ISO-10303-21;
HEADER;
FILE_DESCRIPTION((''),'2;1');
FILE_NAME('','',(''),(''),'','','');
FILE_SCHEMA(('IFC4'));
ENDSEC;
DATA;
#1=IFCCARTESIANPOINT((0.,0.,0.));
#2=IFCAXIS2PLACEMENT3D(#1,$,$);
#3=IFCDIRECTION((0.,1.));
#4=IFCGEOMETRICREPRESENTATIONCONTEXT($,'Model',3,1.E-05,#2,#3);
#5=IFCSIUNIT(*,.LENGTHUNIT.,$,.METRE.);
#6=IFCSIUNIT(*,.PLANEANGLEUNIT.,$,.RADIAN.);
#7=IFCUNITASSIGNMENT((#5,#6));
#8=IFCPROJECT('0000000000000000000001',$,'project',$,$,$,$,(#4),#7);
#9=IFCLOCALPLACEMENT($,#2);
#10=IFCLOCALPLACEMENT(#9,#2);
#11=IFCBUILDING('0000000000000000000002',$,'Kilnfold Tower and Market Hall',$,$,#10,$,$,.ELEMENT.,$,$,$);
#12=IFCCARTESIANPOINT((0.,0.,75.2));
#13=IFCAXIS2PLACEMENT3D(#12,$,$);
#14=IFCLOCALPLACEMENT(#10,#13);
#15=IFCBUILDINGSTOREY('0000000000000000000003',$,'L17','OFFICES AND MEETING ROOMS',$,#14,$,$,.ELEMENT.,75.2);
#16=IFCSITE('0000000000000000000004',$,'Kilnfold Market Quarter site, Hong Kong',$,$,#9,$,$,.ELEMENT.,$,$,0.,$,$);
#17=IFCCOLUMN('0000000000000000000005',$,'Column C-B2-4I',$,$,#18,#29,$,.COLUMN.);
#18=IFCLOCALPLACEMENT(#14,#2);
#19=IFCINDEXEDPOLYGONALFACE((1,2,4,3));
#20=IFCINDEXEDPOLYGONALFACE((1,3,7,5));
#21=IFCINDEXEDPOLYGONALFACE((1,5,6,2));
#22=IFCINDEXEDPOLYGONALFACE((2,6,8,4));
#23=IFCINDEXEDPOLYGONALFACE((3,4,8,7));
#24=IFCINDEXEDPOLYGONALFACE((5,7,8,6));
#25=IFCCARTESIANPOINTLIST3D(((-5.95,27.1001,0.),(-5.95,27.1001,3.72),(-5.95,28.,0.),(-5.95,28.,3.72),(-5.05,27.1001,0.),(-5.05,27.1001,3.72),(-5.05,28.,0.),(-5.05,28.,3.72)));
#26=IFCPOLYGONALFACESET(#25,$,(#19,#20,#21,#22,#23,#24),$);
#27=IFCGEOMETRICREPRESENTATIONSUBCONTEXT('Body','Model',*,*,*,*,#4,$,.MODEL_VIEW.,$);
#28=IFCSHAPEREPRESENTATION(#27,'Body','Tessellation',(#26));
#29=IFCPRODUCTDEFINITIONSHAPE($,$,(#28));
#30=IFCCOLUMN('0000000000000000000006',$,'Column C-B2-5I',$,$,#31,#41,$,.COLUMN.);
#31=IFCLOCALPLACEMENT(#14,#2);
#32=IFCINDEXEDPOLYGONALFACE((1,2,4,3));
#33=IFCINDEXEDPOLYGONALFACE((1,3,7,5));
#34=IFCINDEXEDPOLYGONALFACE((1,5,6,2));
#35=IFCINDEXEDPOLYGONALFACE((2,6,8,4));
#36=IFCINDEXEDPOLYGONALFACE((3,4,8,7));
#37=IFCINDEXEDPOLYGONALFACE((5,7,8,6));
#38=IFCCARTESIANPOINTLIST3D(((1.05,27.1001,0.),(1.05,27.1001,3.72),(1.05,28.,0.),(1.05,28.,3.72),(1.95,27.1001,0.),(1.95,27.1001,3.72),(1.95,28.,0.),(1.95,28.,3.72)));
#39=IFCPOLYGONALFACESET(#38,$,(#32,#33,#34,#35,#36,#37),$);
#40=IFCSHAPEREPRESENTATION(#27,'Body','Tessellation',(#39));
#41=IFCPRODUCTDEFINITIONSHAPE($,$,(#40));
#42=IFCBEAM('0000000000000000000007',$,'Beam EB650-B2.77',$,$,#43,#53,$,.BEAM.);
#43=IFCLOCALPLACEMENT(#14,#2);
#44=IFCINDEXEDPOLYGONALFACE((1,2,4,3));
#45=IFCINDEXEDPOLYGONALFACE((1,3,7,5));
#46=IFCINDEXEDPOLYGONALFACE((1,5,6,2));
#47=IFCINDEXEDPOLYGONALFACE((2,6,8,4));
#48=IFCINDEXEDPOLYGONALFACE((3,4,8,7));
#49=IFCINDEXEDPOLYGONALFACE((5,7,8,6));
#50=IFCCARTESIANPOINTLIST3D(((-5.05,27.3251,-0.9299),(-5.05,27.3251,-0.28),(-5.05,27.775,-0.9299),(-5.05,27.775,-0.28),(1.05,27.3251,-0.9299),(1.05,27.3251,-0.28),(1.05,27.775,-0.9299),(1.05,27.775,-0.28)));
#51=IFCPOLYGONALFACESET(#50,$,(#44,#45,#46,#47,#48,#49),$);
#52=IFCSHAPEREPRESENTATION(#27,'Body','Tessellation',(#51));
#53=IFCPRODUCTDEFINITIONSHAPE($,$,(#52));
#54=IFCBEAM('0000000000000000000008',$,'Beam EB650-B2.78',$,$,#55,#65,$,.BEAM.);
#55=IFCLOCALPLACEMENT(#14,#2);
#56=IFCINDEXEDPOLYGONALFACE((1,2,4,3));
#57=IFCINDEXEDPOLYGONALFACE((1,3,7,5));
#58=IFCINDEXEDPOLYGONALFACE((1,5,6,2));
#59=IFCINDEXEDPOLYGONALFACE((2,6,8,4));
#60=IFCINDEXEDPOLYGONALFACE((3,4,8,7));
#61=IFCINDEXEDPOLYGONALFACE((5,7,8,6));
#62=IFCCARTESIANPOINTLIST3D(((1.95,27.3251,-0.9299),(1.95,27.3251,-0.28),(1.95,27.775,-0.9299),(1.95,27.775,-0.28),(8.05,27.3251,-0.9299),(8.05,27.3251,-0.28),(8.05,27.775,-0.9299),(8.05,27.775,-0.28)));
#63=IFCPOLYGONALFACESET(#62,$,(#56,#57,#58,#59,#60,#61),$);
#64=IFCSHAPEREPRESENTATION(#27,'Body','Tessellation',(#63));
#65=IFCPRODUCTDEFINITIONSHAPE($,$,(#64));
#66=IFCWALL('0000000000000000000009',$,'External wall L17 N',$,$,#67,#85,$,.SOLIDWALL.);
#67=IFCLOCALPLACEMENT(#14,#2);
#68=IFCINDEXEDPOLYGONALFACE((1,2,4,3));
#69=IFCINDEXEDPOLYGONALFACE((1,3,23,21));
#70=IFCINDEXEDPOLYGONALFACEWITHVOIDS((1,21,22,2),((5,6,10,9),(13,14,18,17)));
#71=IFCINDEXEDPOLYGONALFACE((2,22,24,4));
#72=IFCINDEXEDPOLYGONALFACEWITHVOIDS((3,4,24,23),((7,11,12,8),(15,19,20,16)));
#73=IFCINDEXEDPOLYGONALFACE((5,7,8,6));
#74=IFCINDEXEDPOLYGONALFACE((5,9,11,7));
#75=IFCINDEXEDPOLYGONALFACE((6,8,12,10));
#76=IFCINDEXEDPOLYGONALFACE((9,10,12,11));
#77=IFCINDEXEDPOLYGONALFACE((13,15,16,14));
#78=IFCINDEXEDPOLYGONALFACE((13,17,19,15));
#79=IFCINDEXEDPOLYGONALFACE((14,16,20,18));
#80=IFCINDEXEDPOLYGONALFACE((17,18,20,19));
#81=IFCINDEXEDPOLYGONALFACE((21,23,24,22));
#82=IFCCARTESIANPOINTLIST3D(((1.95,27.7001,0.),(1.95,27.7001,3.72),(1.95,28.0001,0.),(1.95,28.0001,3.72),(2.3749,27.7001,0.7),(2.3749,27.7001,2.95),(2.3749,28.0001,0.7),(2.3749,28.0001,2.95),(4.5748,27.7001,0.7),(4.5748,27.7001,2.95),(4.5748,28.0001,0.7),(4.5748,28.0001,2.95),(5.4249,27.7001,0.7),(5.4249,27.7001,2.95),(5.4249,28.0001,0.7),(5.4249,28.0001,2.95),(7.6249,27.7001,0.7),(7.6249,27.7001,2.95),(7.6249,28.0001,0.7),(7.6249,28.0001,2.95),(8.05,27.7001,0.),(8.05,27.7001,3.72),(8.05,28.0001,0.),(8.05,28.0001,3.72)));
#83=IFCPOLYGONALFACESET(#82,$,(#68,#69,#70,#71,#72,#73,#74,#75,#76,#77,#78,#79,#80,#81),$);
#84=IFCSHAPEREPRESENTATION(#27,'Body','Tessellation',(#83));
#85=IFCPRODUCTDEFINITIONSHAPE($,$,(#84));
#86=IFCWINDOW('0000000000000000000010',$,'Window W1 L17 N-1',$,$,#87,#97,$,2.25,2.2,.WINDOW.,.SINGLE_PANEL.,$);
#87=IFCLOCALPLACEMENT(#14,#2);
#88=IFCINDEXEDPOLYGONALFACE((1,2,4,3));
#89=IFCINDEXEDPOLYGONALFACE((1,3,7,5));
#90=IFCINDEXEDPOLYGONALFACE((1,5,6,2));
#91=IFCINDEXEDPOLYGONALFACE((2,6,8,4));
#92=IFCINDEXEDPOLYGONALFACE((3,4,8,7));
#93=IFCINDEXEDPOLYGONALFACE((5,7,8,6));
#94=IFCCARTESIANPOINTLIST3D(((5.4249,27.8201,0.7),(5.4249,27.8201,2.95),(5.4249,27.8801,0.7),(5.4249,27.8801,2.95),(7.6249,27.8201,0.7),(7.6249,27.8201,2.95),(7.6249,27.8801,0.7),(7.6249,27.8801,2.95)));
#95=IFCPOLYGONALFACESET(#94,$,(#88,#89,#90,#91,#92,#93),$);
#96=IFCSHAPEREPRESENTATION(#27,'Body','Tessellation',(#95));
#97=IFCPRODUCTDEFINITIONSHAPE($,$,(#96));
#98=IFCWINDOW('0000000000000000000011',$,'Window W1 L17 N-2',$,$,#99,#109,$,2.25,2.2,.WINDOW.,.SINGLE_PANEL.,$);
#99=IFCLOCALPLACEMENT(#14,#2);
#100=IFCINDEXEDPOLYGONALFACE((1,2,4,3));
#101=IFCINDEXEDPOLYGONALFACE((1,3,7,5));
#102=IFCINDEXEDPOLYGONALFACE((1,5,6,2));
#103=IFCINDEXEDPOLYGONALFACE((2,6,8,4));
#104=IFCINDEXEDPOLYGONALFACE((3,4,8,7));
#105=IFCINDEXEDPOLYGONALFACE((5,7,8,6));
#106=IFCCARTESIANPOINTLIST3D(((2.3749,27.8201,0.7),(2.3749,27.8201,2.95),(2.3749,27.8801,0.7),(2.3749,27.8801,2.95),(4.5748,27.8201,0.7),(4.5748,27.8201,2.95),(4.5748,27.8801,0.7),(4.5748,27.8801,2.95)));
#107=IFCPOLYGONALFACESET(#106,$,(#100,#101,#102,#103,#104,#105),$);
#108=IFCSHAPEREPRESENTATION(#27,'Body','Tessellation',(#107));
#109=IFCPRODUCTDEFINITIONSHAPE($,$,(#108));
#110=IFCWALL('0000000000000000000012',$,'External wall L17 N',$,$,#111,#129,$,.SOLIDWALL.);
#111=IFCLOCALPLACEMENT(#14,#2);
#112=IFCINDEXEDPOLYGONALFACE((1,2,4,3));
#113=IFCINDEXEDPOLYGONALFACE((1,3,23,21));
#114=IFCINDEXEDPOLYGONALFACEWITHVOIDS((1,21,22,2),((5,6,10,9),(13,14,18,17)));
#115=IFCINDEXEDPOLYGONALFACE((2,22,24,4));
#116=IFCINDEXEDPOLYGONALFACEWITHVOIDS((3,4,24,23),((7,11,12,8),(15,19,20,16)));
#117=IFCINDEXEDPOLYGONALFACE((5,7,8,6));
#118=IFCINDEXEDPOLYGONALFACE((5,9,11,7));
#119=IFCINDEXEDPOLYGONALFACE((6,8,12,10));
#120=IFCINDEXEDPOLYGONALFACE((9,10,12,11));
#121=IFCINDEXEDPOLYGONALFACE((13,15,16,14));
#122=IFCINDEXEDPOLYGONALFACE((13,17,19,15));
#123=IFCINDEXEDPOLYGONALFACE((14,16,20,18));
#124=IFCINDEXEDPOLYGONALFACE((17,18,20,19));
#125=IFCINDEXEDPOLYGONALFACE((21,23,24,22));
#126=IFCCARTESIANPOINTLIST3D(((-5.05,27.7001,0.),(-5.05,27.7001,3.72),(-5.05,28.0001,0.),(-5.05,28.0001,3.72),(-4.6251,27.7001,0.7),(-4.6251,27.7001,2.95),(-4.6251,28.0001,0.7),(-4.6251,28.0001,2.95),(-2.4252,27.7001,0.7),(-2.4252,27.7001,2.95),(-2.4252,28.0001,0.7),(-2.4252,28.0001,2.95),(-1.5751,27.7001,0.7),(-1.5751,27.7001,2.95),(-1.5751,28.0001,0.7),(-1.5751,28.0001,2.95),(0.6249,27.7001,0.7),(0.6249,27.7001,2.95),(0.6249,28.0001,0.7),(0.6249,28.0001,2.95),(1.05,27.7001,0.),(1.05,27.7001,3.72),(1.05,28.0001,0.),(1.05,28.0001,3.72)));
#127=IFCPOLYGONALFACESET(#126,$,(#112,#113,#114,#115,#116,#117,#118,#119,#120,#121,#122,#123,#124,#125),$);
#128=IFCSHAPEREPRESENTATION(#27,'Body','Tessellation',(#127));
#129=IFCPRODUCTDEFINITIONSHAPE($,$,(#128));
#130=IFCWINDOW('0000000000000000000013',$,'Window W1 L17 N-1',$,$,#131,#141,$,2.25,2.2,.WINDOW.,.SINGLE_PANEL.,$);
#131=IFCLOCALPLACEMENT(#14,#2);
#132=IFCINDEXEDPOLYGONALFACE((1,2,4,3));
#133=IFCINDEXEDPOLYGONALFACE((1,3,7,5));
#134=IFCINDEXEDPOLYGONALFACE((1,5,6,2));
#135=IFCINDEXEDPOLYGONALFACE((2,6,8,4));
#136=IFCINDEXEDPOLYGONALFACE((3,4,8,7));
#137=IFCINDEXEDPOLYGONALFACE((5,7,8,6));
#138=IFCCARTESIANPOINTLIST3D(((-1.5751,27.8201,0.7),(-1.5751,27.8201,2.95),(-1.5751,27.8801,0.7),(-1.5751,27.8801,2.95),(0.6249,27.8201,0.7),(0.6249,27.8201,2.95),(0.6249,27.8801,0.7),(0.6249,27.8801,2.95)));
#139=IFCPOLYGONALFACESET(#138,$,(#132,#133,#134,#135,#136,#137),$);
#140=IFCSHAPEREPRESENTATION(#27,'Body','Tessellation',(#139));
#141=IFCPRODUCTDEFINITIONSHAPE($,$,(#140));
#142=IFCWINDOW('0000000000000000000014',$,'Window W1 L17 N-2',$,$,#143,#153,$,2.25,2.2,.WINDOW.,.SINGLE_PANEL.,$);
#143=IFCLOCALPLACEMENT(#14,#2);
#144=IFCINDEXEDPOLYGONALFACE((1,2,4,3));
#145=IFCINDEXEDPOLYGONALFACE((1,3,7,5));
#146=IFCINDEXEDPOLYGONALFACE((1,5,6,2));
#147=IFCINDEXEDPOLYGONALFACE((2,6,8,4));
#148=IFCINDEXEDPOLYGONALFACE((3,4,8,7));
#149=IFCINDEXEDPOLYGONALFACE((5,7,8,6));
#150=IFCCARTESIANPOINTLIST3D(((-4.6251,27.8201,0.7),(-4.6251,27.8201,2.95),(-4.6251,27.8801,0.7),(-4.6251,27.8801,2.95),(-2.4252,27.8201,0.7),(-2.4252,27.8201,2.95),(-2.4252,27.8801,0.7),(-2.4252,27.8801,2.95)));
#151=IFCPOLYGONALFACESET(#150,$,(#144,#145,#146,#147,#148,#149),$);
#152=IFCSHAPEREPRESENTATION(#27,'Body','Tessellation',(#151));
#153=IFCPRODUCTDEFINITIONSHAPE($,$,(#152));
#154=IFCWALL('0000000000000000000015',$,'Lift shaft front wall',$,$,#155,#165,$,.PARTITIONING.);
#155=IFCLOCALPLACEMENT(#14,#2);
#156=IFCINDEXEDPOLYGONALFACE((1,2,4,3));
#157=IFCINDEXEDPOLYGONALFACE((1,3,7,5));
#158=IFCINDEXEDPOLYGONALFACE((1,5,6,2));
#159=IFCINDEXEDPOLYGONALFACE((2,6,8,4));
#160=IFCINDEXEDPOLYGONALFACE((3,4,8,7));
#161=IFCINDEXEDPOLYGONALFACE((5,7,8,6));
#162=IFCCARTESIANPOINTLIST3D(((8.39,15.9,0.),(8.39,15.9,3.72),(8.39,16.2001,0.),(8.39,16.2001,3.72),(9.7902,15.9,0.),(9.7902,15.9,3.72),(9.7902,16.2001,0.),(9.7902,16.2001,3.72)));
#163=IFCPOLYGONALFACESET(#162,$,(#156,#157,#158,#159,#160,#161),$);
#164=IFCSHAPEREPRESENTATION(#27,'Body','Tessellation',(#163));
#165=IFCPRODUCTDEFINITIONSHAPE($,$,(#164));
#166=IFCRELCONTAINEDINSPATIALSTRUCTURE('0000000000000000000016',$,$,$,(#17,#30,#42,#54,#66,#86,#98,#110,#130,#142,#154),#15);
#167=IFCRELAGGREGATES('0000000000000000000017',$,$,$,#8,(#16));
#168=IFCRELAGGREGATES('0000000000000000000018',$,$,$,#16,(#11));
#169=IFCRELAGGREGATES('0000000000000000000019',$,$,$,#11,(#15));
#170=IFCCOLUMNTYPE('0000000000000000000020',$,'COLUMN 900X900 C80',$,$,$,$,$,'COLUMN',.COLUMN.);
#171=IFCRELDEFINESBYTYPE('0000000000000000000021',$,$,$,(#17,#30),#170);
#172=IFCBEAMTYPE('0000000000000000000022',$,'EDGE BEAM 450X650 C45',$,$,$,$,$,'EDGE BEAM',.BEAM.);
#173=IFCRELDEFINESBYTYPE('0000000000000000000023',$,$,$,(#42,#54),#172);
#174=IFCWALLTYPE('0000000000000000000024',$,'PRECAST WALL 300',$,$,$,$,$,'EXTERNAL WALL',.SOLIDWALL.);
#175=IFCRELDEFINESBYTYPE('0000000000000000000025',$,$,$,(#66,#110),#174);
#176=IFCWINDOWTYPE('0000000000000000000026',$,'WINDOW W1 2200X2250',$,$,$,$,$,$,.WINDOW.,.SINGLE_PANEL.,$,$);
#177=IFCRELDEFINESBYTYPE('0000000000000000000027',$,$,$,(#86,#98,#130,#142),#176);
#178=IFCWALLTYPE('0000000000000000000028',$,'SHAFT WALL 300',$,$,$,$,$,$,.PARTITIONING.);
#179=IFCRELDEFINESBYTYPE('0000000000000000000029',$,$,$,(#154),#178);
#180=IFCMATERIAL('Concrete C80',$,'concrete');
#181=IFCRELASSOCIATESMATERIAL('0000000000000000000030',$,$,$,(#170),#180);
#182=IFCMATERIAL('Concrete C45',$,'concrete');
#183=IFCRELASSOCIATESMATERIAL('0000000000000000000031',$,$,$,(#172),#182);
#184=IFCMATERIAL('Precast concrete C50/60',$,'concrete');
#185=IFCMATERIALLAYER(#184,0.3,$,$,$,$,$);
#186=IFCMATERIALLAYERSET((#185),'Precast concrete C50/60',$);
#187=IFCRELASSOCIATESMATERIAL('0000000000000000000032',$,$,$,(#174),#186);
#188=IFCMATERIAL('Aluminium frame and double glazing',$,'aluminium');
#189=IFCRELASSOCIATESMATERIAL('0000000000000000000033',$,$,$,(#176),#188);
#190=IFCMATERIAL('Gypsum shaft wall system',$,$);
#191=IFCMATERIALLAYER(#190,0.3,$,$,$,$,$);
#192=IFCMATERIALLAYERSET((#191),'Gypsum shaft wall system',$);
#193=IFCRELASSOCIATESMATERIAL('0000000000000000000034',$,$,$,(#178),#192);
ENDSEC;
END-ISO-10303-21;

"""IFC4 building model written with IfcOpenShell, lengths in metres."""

from ifc_helpers import new_model, si_unit, direction, frame, frame_2d, origin, origin_2d, place, context, subcontext, project, spatial, rectangle, extrude, source, transform, mapped, material, layer, layer_set, material_profile, profile_set, type_object, element, fill, save


model = new_model("IFC4")

# Units and contexts
model_context = context("Model", 3, precision=1e-05, world=origin(), true_north=direction((0.0, 1.0)))
body_context = subcontext(model_context, "Body", "Model", "MODEL_VIEW")
ifc_project = project(units=[si_unit("LENGTHUNIT", "METRE"), si_unit("PLANEANGLEUNIT", "RADIAN")], contexts=[model_context])

# Site, building, storey
site_placement = place(None, origin())
site = spatial("IfcSite", under=ifc_project, at=site_placement, Name="Kilnfold Market Quarter site, Hong Kong", CompositionType="ELEMENT", RefElevation=0.0)
building_placement = place(site_placement, origin())
building = spatial("IfcBuilding", under=site, at=building_placement, Name="Kilnfold Tower and Market Hall", CompositionType="ELEMENT")
storey_placement = place(building_placement, frame((0.0, 0.0, 75.2)))
storey = spatial("IfcBuildingStorey", under=building, at=storey_placement, Name="L17", Description="OFFICES AND MEETING ROOMS", CompositionType="ELEMENT", Elevation=75.2)

# Columns
ifc_material_1 = material(Name="Concrete C80", Category="concrete")
ifc_material_profile_1 = material_profile(ifc_material_1, rectangle(XDim=0.8999, YDim=0.8999, at=origin_2d()), Name="RC 900x900")
ifc_profile_set_1 = profile_set([ifc_material_profile_1], Name="Concrete C80")
column_type = type_object("IfcColumnType", Name="COLUMN 900X900 C80", ElementType="COLUMN", PredefinedType="COLUMN", material=ifc_profile_set_1)
shared_shape_1 = source(origin(), body_context, "Body", "SweptSolid", [
    extrude(rectangle(XDim=0.8999, YDim=0.8999, at=origin_2d()), origin(), (0.0, 0.0, 1.0), 3.72),
])
for number, where, z_axis, x_axis, name in (
    (1, (-5.5, 27.55, 0.0), (0.0, 0.0, 1.0), (1.0, 0.0, 0.0), "Column C-B2-4I"),
    (2, (1.5, 27.55, 0.0), (0.0, 0.0, 1.0), (1.0, 0.0, 0.0), "Column C-B2-5I"),
):
    element("IfcColumn", number, at=place(storey_placement, frame(where, z_axis=z_axis, x_axis=x_axis)), inside=storey, type_object=column_type, Name=name, PredefinedType="COLUMN", context=body_context, shape_type="MappedRepresentation", body=[
        mapped(shared_shape_1, transform((0.0, 0.0, 0.0))),
    ])

# Beams
ifc_material_2 = material(Name="Concrete C45", Category="concrete")
ifc_material_profile_2 = material_profile(ifc_material_2, rectangle(XDim=0.45, YDim=0.6499, at=origin_2d()), Name="RC 450x650")
ifc_profile_set_2 = profile_set([ifc_material_profile_2], Name="Concrete C45")
beam_type = type_object("IfcBeamType", Name="EDGE BEAM 450X650 C45", ElementType="EDGE BEAM", PredefinedType="BEAM", material=ifc_profile_set_2)
shared_shape_2 = source(origin(), body_context, "Body", "SweptSolid", [
    extrude(rectangle(XDim=0.45, YDim=0.6499, at=origin_2d()), origin(), (0.0, 0.0, 1.0), 6.1001),
])
for number, where, z_axis, x_axis, name in (
    (3, (-5.05, 27.55, -0.605), (1.0, 0.0, 0.0), (0.0, 1.0, 0.0), "Beam EB650-B2.77"),
    (4, (1.95, 27.55, -0.605), (1.0, 0.0, 0.0), (0.0, 1.0, 0.0), "Beam EB650-B2.78"),
):
    element("IfcBeam", number, at=place(storey_placement, frame(where, z_axis=z_axis, x_axis=x_axis)), inside=storey, type_object=beam_type, Name=name, PredefinedType="BEAM", context=body_context, shape_type="MappedRepresentation", body=[
        mapped(shared_shape_2, transform((0.0, 0.0, 0.0))),
    ])

# Walls, openings, windows
ifc_material_3 = material(Name="Precast concrete C50/60", Category="concrete")
ifc_layer_1 = layer(ifc_material_3, 0.3)
ifc_layer_set_1 = layer_set([ifc_layer_1], Name="Precast concrete C50/60")
wall_type_1 = type_object("IfcWallType", Name="PRECAST WALL 300", ElementType="EXTERNAL WALL", PredefinedType="SOLIDWALL", material=ifc_layer_set_1)
shared_shape_3 = source(origin(), body_context, "Body", "SweptSolid", [
    extrude(rectangle(XDim=6.1001, YDim=0.3, at=frame_2d((3.05, 0.0))), origin(), (0.0, 0.0, 1.0), 3.72),
])
wall_1_placement = place(storey_placement, frame((8.05, 27.8501, 0.0), z_axis=(0.0, 0.0, 1.0), x_axis=(-1.0, 0.0, 0.0)))
wall_1 = element("IfcWall", 5, at=wall_1_placement, inside=storey, type_object=wall_type_1, Name="External wall L17 N", PredefinedType="SOLIDWALL", context=body_context, shape_type="MappedRepresentation", body=[
    mapped(shared_shape_3, transform((0.0, 0.0, 0.0))),
])
opening_1_placement = place(wall_1_placement, frame((0.425, 0.0, 0.7)))
opening_1 = element("IfcOpeningElement", 6, at=opening_1_placement, cuts=wall_1, PredefinedType="OPENING", context=body_context, shape_type="SweptSolid", body=[
    extrude(rectangle(XDim=2.2, YDim=2.25, at=frame_2d((1.1001, 1.125))), frame((0.0, 0.1602, 0.0), z_axis=(0.0, -1.0, 0.0), x_axis=(1.0, 0.0, 0.0)), (0.0, 0.0, 1.0), 0.3201),
])
opening_2_placement = place(wall_1_placement, frame((3.4751, 0.0, 0.7)))
opening_2 = element("IfcOpeningElement", 7, at=opening_2_placement, cuts=wall_1, PredefinedType="OPENING", context=body_context, shape_type="SweptSolid", body=[
    extrude(rectangle(XDim=2.2, YDim=2.25, at=frame_2d((1.1001, 1.125))), frame((0.0, 0.1602, 0.0), z_axis=(0.0, -1.0, 0.0), x_axis=(1.0, 0.0, 0.0)), (0.0, 0.0, 1.0), 0.3201),
])
ifc_material_4 = material(Name="Aluminium frame and double glazing", Category="aluminium")
window_type = type_object("IfcWindowType", Name="WINDOW W1 2200X2250", PartitioningType="SINGLE_PANEL", PredefinedType="WINDOW", material=ifc_material_4)
window_1_placement = place(opening_1_placement, origin())
window_1 = element("IfcWindow", 8, at=window_1_placement, inside=storey, type_object=window_type, Name="Window W1 L17 N-1", OverallHeight=2.25, OverallWidth=2.2, PartitioningType="SINGLE_PANEL", PredefinedType="WINDOW", context=body_context, shape_type="SweptSolid", body=[
    extrude(rectangle(XDim=2.2, YDim=2.25, at=frame_2d((1.1001, 1.125))), frame((0.0, 0.03, 0.0), z_axis=(0.0, -1.0, 0.0), x_axis=(1.0, 0.0, 0.0)), (0.0, 0.0, 1.0), 0.0601),
])
fill(opening_1, window_1)
window_2_placement = place(opening_2_placement, origin())
window_2 = element("IfcWindow", 9, at=window_2_placement, inside=storey, type_object=window_type, Name="Window W1 L17 N-2", OverallHeight=2.25, OverallWidth=2.2, PartitioningType="SINGLE_PANEL", PredefinedType="WINDOW", context=body_context, shape_type="SweptSolid", body=[
    extrude(rectangle(XDim=2.2, YDim=2.25, at=frame_2d((1.1001, 1.125))), frame((0.0, 0.03, 0.0), z_axis=(0.0, -1.0, 0.0), x_axis=(1.0, 0.0, 0.0)), (0.0, 0.0, 1.0), 0.0601),
])
fill(opening_2, window_2)
wall_2_placement = place(storey_placement, frame((1.05, 27.8501, 0.0), z_axis=(0.0, 0.0, 1.0), x_axis=(-1.0, 0.0, 0.0)))
wall_2 = element("IfcWall", 10, at=wall_2_placement, inside=storey, type_object=wall_type_1, Name="External wall L17 N", PredefinedType="SOLIDWALL", context=body_context, shape_type="MappedRepresentation", body=[
    mapped(shared_shape_3, transform((0.0, 0.0, 0.0))),
])
opening_3_placement = place(wall_2_placement, frame((0.425, 0.0, 0.7)))
opening_3 = element("IfcOpeningElement", 11, at=opening_3_placement, cuts=wall_2, PredefinedType="OPENING", context=body_context, shape_type="SweptSolid", body=[
    extrude(rectangle(XDim=2.2, YDim=2.25, at=frame_2d((1.1001, 1.125))), frame((0.0, 0.1602, 0.0), z_axis=(0.0, -1.0, 0.0), x_axis=(1.0, 0.0, 0.0)), (0.0, 0.0, 1.0), 0.3201),
])
opening_4_placement = place(wall_2_placement, frame((3.4751, 0.0, 0.7)))
opening_4 = element("IfcOpeningElement", 12, at=opening_4_placement, cuts=wall_2, PredefinedType="OPENING", context=body_context, shape_type="SweptSolid", body=[
    extrude(rectangle(XDim=2.2, YDim=2.25, at=frame_2d((1.1001, 1.125))), frame((0.0, 0.1602, 0.0), z_axis=(0.0, -1.0, 0.0), x_axis=(1.0, 0.0, 0.0)), (0.0, 0.0, 1.0), 0.3201),
])
window_3_placement = place(opening_3_placement, origin())
window_3 = element("IfcWindow", 13, at=window_3_placement, inside=storey, type_object=window_type, Name="Window W1 L17 N-1", OverallHeight=2.25, OverallWidth=2.2, PartitioningType="SINGLE_PANEL", PredefinedType="WINDOW", context=body_context, shape_type="SweptSolid", body=[
    extrude(rectangle(XDim=2.2, YDim=2.25, at=frame_2d((1.1001, 1.125))), frame((0.0, 0.03, 0.0), z_axis=(0.0, -1.0, 0.0), x_axis=(1.0, 0.0, 0.0)), (0.0, 0.0, 1.0), 0.0601),
])
fill(opening_3, window_3)
window_4_placement = place(opening_4_placement, origin())
window_4 = element("IfcWindow", 14, at=window_4_placement, inside=storey, type_object=window_type, Name="Window W1 L17 N-2", OverallHeight=2.25, OverallWidth=2.2, PartitioningType="SINGLE_PANEL", PredefinedType="WINDOW", context=body_context, shape_type="SweptSolid", body=[
    extrude(rectangle(XDim=2.2, YDim=2.25, at=frame_2d((1.1001, 1.125))), frame((0.0, 0.03, 0.0), z_axis=(0.0, -1.0, 0.0), x_axis=(1.0, 0.0, 0.0)), (0.0, 0.0, 1.0), 0.0601),
])
fill(opening_4, window_4)

# Wall
ifc_material_5 = material(Name="Gypsum shaft wall system")
ifc_layer_2 = layer(ifc_material_5, 0.3)
ifc_layer_set_2 = layer_set([ifc_layer_2], Name="Gypsum shaft wall system")
wall_type_2 = type_object("IfcWallType", Name="SHAFT WALL 300", PredefinedType="PARTITIONING", material=ifc_layer_set_2)
shared_shape_4 = source(origin(), body_context, "Body", "SweptSolid", [
    extrude(rectangle(XDim=1.4001, YDim=0.3, at=frame_2d((0.7002, 0.0))), origin(), (0.0, 0.0, 1.0), 3.72),
])
wall_3_placement = place(storey_placement, frame((8.3899, 16.05, 0.0), z_axis=(0.0, 0.0, 1.0), x_axis=(1.0, 0.0, 0.0)))
element("IfcWall", 15, at=wall_3_placement, inside=storey, type_object=wall_type_2, Name="Lift shaft front wall", PredefinedType="PARTITIONING", context=body_context, shape_type="MappedRepresentation", body=[
    mapped(shared_shape_4, transform((0.0, 0.0, 0.0))),
])

save(model, "model.ifc")
